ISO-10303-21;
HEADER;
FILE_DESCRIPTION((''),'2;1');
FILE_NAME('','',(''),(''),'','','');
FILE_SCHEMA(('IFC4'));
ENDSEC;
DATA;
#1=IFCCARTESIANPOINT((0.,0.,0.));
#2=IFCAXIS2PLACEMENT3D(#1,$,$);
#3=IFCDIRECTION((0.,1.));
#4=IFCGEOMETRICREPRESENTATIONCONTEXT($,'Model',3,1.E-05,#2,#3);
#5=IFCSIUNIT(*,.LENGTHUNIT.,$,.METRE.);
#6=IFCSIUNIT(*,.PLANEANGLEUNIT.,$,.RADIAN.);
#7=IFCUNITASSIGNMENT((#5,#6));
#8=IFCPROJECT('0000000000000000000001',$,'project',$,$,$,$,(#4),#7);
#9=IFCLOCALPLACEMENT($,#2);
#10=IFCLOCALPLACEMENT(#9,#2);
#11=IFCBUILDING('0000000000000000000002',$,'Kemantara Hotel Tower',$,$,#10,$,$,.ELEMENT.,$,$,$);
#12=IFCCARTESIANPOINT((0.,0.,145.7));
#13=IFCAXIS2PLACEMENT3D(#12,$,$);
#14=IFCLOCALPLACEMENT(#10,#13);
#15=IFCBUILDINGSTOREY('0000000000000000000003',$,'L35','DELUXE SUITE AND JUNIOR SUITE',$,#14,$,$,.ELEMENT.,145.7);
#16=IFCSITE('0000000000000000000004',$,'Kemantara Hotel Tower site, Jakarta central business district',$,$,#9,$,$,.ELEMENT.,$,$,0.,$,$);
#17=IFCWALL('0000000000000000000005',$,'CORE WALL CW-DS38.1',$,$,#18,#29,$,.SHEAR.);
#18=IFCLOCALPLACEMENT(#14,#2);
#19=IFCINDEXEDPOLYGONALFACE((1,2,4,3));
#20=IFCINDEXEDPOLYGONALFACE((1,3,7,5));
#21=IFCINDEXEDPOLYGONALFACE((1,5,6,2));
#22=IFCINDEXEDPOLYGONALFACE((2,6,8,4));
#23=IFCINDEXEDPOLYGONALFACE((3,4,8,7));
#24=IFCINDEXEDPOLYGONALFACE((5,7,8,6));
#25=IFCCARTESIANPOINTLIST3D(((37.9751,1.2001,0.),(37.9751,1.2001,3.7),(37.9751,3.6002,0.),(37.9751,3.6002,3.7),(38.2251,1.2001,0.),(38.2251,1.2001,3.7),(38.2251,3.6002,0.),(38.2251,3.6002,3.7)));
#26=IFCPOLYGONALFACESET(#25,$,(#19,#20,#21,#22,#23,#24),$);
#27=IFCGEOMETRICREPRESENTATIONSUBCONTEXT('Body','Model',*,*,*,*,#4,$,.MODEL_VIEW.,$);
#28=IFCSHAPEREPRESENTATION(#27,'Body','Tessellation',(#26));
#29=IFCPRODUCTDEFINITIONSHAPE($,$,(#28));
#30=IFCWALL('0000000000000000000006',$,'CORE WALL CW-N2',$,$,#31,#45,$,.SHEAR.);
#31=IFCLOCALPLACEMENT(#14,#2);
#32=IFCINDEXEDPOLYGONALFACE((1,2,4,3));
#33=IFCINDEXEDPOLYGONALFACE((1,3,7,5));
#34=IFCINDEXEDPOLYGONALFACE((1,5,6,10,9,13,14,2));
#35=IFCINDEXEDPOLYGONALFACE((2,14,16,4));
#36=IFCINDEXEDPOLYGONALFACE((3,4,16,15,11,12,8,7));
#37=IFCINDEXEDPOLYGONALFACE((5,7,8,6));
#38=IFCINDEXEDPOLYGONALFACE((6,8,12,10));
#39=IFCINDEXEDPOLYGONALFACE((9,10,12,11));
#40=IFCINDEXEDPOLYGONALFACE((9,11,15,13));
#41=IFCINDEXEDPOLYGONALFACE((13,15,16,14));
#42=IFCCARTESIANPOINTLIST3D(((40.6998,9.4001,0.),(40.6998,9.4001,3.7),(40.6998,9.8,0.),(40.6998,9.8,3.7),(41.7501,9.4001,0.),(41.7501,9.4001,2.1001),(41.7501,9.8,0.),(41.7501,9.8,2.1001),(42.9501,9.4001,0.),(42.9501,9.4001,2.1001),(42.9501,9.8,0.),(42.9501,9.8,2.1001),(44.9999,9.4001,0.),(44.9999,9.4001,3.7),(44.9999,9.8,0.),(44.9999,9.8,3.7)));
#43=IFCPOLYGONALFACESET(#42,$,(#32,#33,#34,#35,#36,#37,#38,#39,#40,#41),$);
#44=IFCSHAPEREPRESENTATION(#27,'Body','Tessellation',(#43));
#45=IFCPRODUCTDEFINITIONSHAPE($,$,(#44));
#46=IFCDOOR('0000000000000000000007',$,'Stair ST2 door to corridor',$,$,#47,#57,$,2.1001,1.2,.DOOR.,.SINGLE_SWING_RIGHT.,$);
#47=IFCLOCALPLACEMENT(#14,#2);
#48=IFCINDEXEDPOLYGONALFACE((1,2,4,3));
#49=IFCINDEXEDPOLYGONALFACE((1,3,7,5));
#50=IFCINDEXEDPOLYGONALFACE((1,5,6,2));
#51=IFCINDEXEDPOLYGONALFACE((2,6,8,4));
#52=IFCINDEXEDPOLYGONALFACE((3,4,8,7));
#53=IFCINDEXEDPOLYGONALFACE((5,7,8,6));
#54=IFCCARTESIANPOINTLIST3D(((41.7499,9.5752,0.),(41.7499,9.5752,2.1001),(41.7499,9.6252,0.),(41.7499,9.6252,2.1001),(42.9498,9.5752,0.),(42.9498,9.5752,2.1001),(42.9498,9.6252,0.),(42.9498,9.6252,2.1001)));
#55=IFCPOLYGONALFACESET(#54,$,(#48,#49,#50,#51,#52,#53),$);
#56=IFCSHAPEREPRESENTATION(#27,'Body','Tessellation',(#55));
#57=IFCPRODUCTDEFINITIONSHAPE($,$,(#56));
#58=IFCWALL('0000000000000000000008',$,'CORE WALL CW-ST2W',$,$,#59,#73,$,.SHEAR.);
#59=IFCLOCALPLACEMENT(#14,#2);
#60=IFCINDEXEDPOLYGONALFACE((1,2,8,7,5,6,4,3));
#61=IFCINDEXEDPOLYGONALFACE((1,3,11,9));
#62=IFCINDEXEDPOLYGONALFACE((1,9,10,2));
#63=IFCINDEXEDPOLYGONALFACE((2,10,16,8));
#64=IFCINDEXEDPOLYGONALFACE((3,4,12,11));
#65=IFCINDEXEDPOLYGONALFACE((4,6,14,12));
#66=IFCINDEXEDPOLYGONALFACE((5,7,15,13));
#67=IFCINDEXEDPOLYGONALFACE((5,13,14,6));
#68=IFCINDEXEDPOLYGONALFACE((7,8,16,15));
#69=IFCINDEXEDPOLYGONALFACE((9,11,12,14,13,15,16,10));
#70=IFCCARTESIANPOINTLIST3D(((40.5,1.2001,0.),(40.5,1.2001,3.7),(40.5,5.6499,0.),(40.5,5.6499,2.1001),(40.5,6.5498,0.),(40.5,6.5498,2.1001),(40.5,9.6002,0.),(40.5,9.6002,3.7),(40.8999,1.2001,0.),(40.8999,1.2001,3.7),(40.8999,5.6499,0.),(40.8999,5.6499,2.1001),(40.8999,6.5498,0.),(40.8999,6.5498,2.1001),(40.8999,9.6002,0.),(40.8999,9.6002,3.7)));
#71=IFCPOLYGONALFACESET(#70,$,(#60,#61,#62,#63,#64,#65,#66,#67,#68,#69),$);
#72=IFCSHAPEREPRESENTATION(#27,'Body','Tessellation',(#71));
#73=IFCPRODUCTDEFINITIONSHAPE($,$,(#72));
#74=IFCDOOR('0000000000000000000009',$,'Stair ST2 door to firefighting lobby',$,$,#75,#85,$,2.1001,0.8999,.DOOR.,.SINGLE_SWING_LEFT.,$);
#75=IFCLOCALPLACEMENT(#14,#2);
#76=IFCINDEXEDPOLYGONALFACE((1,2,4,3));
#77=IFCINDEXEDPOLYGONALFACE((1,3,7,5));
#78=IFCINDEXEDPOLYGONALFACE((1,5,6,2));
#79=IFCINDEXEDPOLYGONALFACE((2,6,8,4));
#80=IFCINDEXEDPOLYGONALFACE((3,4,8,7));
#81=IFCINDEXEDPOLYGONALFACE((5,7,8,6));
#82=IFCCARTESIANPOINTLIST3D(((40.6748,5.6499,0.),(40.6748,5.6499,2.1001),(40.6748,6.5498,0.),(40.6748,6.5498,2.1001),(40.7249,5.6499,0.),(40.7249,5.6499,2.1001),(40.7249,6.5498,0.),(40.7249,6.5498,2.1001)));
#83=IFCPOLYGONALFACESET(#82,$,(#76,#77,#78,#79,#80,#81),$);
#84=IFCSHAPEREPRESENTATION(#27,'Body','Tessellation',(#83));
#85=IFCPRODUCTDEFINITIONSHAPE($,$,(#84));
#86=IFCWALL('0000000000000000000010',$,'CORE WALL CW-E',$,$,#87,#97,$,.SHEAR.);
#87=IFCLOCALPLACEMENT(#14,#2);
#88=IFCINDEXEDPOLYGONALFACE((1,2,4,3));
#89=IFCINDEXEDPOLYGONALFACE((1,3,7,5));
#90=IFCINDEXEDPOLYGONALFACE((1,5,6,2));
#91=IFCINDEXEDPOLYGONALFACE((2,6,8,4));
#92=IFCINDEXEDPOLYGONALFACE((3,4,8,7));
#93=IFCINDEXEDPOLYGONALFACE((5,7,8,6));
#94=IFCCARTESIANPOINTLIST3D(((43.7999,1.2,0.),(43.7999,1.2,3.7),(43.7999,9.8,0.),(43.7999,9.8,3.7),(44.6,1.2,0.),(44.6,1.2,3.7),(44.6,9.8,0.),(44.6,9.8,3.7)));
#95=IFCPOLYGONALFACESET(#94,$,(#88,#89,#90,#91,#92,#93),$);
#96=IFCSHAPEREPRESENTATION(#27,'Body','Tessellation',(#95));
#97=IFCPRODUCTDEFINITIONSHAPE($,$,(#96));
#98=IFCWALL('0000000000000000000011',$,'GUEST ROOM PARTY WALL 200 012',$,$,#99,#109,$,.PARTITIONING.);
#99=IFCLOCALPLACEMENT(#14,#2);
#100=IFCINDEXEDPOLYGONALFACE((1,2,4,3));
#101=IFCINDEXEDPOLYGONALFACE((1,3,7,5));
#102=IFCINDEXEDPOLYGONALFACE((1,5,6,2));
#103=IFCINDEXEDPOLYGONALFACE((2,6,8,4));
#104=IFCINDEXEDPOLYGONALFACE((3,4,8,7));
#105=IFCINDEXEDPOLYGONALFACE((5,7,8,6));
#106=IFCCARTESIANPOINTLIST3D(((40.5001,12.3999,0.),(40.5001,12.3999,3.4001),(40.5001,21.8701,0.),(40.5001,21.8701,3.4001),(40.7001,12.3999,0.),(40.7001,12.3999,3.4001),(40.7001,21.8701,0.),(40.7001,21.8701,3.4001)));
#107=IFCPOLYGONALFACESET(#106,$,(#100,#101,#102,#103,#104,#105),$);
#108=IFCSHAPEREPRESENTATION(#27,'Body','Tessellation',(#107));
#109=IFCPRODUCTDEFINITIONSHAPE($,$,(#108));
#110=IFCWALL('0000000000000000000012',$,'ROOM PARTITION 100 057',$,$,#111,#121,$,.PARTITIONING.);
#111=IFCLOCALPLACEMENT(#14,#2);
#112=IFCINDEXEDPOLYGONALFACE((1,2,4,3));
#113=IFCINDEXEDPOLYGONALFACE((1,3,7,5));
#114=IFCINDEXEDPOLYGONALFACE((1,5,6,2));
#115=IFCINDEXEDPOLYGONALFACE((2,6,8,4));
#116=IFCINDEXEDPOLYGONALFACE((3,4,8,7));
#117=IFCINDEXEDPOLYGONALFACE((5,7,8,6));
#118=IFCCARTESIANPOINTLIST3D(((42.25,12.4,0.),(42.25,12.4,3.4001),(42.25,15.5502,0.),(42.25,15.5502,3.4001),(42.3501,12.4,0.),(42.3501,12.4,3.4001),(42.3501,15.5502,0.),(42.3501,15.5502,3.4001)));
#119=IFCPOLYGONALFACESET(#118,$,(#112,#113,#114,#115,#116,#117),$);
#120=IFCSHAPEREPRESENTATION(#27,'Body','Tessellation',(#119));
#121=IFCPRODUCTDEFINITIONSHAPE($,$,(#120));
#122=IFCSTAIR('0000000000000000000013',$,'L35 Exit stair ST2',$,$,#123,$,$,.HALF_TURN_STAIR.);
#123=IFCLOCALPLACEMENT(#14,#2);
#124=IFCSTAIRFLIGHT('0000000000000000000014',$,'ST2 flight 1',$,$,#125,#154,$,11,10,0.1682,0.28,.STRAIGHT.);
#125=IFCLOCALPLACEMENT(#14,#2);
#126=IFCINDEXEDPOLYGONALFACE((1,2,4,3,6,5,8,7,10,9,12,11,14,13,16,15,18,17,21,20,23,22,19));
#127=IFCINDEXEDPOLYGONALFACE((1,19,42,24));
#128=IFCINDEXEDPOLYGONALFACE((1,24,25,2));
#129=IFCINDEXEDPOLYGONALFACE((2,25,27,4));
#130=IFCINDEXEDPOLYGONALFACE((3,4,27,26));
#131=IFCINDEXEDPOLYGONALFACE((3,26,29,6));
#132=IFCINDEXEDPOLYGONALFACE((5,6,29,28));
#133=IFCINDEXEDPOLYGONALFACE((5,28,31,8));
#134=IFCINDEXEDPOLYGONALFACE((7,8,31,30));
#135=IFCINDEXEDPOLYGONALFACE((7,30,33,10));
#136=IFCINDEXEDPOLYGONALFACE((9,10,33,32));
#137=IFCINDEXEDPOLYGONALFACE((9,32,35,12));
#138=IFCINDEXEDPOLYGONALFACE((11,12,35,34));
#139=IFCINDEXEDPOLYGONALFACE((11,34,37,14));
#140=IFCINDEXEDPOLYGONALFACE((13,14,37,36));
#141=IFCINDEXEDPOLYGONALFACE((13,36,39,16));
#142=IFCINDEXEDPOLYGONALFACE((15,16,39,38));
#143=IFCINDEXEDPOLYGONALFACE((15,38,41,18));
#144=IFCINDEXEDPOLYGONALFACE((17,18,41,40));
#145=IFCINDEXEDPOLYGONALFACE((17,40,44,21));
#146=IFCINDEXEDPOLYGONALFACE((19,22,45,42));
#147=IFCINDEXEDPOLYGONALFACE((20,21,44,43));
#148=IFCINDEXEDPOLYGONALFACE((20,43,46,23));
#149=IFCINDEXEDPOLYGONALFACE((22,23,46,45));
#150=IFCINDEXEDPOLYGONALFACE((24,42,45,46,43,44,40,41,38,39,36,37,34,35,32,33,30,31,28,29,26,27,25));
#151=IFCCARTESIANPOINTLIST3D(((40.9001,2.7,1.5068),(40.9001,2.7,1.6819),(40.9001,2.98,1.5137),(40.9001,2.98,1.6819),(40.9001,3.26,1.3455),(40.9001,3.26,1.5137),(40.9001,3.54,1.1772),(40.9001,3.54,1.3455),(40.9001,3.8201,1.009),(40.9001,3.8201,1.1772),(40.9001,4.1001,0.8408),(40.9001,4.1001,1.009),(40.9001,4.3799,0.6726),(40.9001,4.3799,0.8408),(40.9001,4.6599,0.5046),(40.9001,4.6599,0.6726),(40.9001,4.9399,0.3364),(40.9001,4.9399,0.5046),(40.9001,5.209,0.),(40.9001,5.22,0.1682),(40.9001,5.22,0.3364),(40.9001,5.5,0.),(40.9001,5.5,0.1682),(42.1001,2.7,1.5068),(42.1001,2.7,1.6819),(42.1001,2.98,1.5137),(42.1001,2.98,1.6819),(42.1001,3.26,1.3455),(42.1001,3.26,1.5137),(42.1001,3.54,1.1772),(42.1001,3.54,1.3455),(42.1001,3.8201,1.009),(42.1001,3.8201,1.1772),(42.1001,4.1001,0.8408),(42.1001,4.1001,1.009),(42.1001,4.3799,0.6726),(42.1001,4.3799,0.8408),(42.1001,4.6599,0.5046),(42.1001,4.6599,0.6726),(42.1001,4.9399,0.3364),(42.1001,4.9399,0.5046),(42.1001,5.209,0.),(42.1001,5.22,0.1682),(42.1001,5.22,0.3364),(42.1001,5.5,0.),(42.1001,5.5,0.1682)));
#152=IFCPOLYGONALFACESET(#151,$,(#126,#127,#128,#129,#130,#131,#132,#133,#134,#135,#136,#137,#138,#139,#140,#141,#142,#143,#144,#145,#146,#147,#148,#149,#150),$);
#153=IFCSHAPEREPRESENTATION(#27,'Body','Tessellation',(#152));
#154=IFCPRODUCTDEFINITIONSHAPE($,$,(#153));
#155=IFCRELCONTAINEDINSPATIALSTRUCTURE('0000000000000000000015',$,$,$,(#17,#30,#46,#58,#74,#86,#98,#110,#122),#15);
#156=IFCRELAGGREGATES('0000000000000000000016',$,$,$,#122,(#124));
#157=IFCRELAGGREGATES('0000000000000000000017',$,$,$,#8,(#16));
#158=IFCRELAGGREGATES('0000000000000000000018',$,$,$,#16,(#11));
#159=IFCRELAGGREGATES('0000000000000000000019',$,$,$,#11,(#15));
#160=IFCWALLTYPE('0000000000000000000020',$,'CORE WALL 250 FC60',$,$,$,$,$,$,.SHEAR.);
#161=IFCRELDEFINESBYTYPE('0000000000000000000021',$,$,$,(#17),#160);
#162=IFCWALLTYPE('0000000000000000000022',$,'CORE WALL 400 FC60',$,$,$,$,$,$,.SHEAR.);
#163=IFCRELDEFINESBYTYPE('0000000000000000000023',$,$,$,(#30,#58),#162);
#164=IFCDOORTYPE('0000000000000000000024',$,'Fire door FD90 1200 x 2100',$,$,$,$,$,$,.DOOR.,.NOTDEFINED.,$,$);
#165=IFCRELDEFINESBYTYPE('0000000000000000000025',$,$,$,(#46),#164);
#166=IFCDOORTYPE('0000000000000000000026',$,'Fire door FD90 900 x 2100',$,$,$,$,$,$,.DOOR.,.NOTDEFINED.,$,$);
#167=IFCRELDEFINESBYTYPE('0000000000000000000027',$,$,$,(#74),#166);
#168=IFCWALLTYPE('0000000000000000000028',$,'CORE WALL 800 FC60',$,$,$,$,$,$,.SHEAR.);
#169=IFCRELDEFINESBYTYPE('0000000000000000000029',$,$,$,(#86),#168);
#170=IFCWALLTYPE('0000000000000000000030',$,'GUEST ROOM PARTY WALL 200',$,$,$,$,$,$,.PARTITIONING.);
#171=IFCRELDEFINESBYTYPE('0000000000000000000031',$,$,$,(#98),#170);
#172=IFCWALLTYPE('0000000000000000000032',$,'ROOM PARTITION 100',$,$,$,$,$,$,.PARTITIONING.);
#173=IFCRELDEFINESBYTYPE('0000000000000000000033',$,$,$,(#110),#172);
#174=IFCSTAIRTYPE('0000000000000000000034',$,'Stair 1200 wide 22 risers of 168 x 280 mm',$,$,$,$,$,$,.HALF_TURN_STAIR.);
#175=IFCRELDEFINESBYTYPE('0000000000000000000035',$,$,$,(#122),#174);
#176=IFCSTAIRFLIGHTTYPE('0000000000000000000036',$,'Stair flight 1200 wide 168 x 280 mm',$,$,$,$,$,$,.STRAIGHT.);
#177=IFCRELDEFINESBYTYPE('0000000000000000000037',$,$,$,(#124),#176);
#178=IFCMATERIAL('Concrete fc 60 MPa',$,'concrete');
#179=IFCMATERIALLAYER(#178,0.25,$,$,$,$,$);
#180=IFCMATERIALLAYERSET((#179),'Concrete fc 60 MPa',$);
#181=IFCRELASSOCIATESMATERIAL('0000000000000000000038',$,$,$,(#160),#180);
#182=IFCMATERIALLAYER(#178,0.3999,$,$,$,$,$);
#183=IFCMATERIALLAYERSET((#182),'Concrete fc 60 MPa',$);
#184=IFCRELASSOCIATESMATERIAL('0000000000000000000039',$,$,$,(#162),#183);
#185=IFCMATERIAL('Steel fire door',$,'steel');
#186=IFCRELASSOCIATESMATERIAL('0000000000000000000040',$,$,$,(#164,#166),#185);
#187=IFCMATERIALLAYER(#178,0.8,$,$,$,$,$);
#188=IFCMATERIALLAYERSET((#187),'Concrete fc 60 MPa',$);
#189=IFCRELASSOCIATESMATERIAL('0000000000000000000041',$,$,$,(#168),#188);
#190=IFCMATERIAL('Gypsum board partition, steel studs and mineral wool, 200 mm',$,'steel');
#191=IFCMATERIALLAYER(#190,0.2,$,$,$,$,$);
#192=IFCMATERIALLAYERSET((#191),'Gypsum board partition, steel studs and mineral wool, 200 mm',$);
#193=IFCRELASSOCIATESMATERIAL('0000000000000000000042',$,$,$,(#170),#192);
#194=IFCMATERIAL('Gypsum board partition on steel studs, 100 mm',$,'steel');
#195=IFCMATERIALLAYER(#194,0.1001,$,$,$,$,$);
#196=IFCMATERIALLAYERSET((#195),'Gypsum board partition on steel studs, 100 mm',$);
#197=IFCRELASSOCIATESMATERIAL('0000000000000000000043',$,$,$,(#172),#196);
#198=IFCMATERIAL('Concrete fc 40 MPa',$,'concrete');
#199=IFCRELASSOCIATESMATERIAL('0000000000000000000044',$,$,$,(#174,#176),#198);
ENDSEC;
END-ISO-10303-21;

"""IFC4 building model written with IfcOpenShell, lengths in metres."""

from ifc_helpers import new_model, si_unit, direction, frame, frame_2d, origin, place, context, subcontext, project, spatial, polyline, rectangle, outline, extrude, material, layer, layer_set, type_object, element, fill, aggregate, save


model = new_model("IFC4")

# Units and contexts
model_context = context("Model", 3, precision=1e-05, world=origin(), true_north=direction((0.0, 1.0)))
body_context = subcontext(model_context, "Body", "Model", "MODEL_VIEW")
ifc_project = project(units=[si_unit("LENGTHUNIT", "METRE"), si_unit("PLANEANGLEUNIT", "RADIAN")], contexts=[model_context])

# Site, building, storey
site_placement = place(None, origin())
site = spatial("IfcSite", under=ifc_project, at=site_placement, Name="Kemantara Hotel Tower site, Jakarta central business district", CompositionType="ELEMENT", RefElevation=0.0)
building_placement = place(site_placement, origin())
building = spatial("IfcBuilding", under=site, at=building_placement, Name="Kemantara Hotel Tower", CompositionType="ELEMENT")
storey_placement = place(building_placement, frame((0.0, 0.0, 145.7)))
storey = spatial("IfcBuildingStorey", under=building, at=storey_placement, Name="L35", Description="DELUXE SUITE AND JUNIOR SUITE", CompositionType="ELEMENT", Elevation=145.7)

# Wall
ifc_material_1 = material(Name="Concrete fc 60 MPa", Category="concrete")
ifc_layer_1 = layer(ifc_material_1, 0.25)
ifc_layer_set_1 = layer_set([ifc_layer_1], Name="Concrete fc 60 MPa")
wall_type_1 = type_object("IfcWallType", Name="CORE WALL 250 FC60", PredefinedType="SHEAR", material=ifc_layer_set_1)
wall_1_placement = place(storey_placement, frame((38.1001, 1.2, 0.0), z_axis=(0.0, 0.0, 1.0), x_axis=(0.0, 1.0, 0.0)))
element("IfcWall", 1, at=wall_1_placement, inside=storey, type_object=wall_type_1, Name="CORE WALL CW-DS38.1", PredefinedType="SHEAR", context=body_context, shape_type="SweptSolid", body=[
    extrude(rectangle(XDim=2.4001, YDim=0.25, at=frame_2d((1.2002, 0.0))), origin(), (0.0, 0.0, 1.0), 3.7),
])

# Walls, openings, doors
ifc_layer_2 = layer(ifc_material_1, 0.3999)
ifc_layer_set_2 = layer_set([ifc_layer_2], Name="Concrete fc 60 MPa")
wall_type_2 = type_object("IfcWallType", Name="CORE WALL 400 FC60", PredefinedType="SHEAR", material=ifc_layer_set_2)
wall_2_placement = place(storey_placement, frame((40.7, 9.6001, 0.0), z_axis=(0.0, 0.0, 1.0), x_axis=(1.0, 0.0, 0.0)))
wall_2 = element("IfcWall", 2, at=wall_2_placement, inside=storey, type_object=wall_type_2, Name="CORE WALL CW-N2", PredefinedType="SHEAR", context=body_context, shape_type="SweptSolid", body=[
    extrude(rectangle(XDim=4.3, YDim=0.3999, at=frame_2d((2.1499, 0.0))), origin(), (0.0, 0.0, 1.0), 3.7),
])
opening_1_placement = place(wall_2_placement, frame((1.05, 0.0, 0.0)))
opening_1 = element("IfcOpeningElement", 3, at=opening_1_placement, cuts=wall_2, PredefinedType="OPENING", context=body_context, shape_type="SweptSolid", body=[
    extrude(rectangle(XDim=1.2, YDim=2.1001, at=frame_2d((0.6001, 1.05))), frame((0.0, 0.21, 0.0), z_axis=(0.0, -1.0, 0.0), x_axis=(1.0, 0.0, 0.0)), (0.0, 0.0, 1.0), 0.4199),
])
ifc_material_2 = material(Name="Steel fire door", Category="steel")
door_type_1 = type_object("IfcDoorType", Name="Fire door FD90 1200 x 2100", OperationType="NOTDEFINED", PredefinedType="DOOR", material=ifc_material_2)
door_1_placement = place(opening_1_placement, frame((1.2, 0.0, 0.0), z_axis=(0.0, 0.0, 1.0), x_axis=(-1.0, 0.0, 0.0)))
door_1 = element("IfcDoor", 4, at=door_1_placement, inside=storey, type_object=door_type_1, Name="Stair ST2 door to corridor", OperationType="SINGLE_SWING_RIGHT", OverallHeight=2.1001, OverallWidth=1.2, PredefinedType="DOOR", context=body_context, shape_type="SweptSolid", body=[
    extrude(rectangle(XDim=1.2, YDim=2.1001, at=frame_2d((0.6001, 1.05))), frame((0.0, 0.0249, 0.0), z_axis=(0.0, -1.0, 0.0), x_axis=(1.0, 0.0, 0.0)), (0.0, 0.0, 1.0), 0.05),
])
fill(opening_1, door_1)
wall_3_placement = place(storey_placement, frame((40.7, 1.2, 0.0), z_axis=(0.0, 0.0, 1.0), x_axis=(0.0, 1.0, 0.0)))
wall_3 = element("IfcWall", 5, at=wall_3_placement, inside=storey, type_object=wall_type_2, Name="CORE WALL CW-ST2W", PredefinedType="SHEAR", context=body_context, shape_type="SweptSolid", body=[
    extrude(rectangle(XDim=8.4001, YDim=0.3999, at=frame_2d((4.2002, 0.0))), origin(), (0.0, 0.0, 1.0), 3.7),
])
opening_2_placement = place(wall_3_placement, frame((4.45, 0.0, 0.0)))
opening_2 = element("IfcOpeningElement", 6, at=opening_2_placement, cuts=wall_3, PredefinedType="OPENING", context=body_context, shape_type="SweptSolid", body=[
    extrude(rectangle(XDim=0.8999, YDim=2.1001, at=frame_2d((0.45, 1.05))), frame((0.0, 0.21, 0.0), z_axis=(0.0, -1.0, 0.0), x_axis=(1.0, 0.0, 0.0)), (0.0, 0.0, 1.0), 0.4199),
])
door_type_2 = type_object("IfcDoorType", Name="Fire door FD90 900 x 2100", OperationType="NOTDEFINED", PredefinedType="DOOR", material=ifc_material_2)
door_2_placement = place(opening_2_placement, frame((0.8999, 0.0, 0.0), z_axis=(0.0, 0.0, 1.0), x_axis=(-1.0, 0.0, 0.0)))
door_2 = element("IfcDoor", 7, at=door_2_placement, inside=storey, type_object=door_type_2, Name="Stair ST2 door to firefighting lobby", OperationType="SINGLE_SWING_LEFT", OverallHeight=2.1001, OverallWidth=0.8999, PredefinedType="DOOR", context=body_context, shape_type="SweptSolid", body=[
    extrude(rectangle(XDim=0.8999, YDim=2.1001, at=frame_2d((0.45, 1.05))), frame((0.0, 0.0249, 0.0), z_axis=(0.0, -1.0, 0.0), x_axis=(1.0, 0.0, 0.0)), (0.0, 0.0, 1.0), 0.05),
])
fill(opening_2, door_2)

# Walls
ifc_layer_3 = layer(ifc_material_1, 0.8)
ifc_layer_set_3 = layer_set([ifc_layer_3], Name="Concrete fc 60 MPa")
wall_type_3 = type_object("IfcWallType", Name="CORE WALL 800 FC60", PredefinedType="SHEAR", material=ifc_layer_set_3)
wall_4_placement = place(storey_placement, frame((44.2, 1.2, 0.0), z_axis=(0.0, 0.0, 1.0), x_axis=(0.0, 1.0, 0.0)))
element("IfcWall", 8, at=wall_4_placement, inside=storey, type_object=wall_type_3, Name="CORE WALL CW-E", PredefinedType="SHEAR", context=body_context, shape_type="SweptSolid", body=[
    extrude(rectangle(XDim=8.6001, YDim=0.8, at=frame_2d((4.3, 0.0))), origin(), (0.0, 0.0, 1.0), 3.7),
])
ifc_material_3 = material(Name="Gypsum board partition, steel studs and mineral wool, 200 mm", Category="steel")
ifc_layer_4 = layer(ifc_material_3, 0.2)
ifc_layer_set_4 = layer_set([ifc_layer_4], Name="Gypsum board partition, steel studs and mineral wool, 200 mm")
wall_type_4 = type_object("IfcWallType", Name="GUEST ROOM PARTY WALL 200", PredefinedType="PARTITIONING", material=ifc_layer_set_4)
wall_5_placement = place(storey_placement, frame((40.6001, 12.3999, 0.0), z_axis=(0.0, 0.0, 1.0), x_axis=(0.0, 1.0, 0.0)))
element("IfcWall", 9, at=wall_5_placement, inside=storey, type_object=wall_type_4, Name="GUEST ROOM PARTY WALL 200 012", PredefinedType="PARTITIONING", context=body_context, shape_type="SweptSolid", body=[
    extrude(rectangle(XDim=9.4702, YDim=0.2, at=frame_2d((4.7351, 0.0))), origin(), (0.0, 0.0, 1.0), 3.4001),
])
ifc_material_4 = material(Name="Gypsum board partition on steel studs, 100 mm", Category="steel")
ifc_layer_5 = layer(ifc_material_4, 0.1001)
ifc_layer_set_5 = layer_set([ifc_layer_5], Name="Gypsum board partition on steel studs, 100 mm")
wall_type_5 = type_object("IfcWallType", Name="ROOM PARTITION 100", PredefinedType="PARTITIONING", material=ifc_layer_set_5)
wall_6_placement = place(storey_placement, frame((42.3, 12.3999, 0.0), z_axis=(0.0, 0.0, 1.0), x_axis=(0.0, 1.0, 0.0)))
element("IfcWall", 10, at=wall_6_placement, inside=storey, type_object=wall_type_5, Name="ROOM PARTITION 100 057", PredefinedType="PARTITIONING", context=body_context, shape_type="SweptSolid", body=[
    extrude(rectangle(XDim=3.1501, YDim=0.1001, at=frame_2d((1.5752, 0.0))), origin(), (0.0, 0.0, 1.0), 3.4001),
])

# Stair, stair flight
ifc_material_5 = material(Name="Concrete fc 40 MPa", Category="concrete")
stair_type = type_object("IfcStairType", Name="Stair 1200 wide 22 risers of 168 x 280 mm", PredefinedType="HALF_TURN_STAIR", material=ifc_material_5)
stair_placement = place(storey_placement, origin())
stair = element("IfcStair", 11, at=stair_placement, inside=storey, type_object=stair_type, Name="L35 Exit stair ST2", PredefinedType="HALF_TURN_STAIR")
stair_flight_type = type_object("IfcStairFlightType", Name="Stair flight 1200 wide 168 x 280 mm", PredefinedType="STRAIGHT", material=ifc_material_5)
stair_flight_1_placement = place(storey_placement, frame((41.5, 5.5, 0.0), z_axis=(0.0, 0.0, 1.0), x_axis=(0.0, -1.0, 0.0)))
stair_flight_1 = element("IfcStairFlight", 12, at=stair_flight_1_placement, type_object=stair_flight_type, Name="ST2 flight 1", NumberOfRisers=11, NumberOfTreads=10, PredefinedType="STRAIGHT", RiserHeight=0.1682, TreadLength=0.28, context=body_context, shape_type="SweptSolid", body=[
    extrude(outline(polyline([(0.0, 0.0), (0.0, 0.1682), (0.28, 0.1682), (0.28, 0.3364), (0.5601, 0.3364), (0.5601, 0.5046), (0.8401, 0.5046), (0.8401, 0.6726), (1.1201, 0.6726), (1.1201, 0.8408), (1.3999, 0.8408), (1.3999, 1.009), (1.6799, 1.009), (1.6799, 1.1772), (1.96, 1.1772), (1.96, 1.3455), (2.24, 1.3455), (2.24, 1.5137), (2.52, 1.5137), (2.52, 1.6819), (2.8, 1.6819), (2.8, 1.8501), (2.8, 1.5068), (0.291, 0.0), (0.0, 0.0)])), frame((0.0, 0.6001, 0.0), z_axis=(0.0, -1.0, 0.0), x_axis=(1.0, 0.0, 0.0)), (0.0, 0.0, 1.0), 1.2),
])
aggregate(stair, [stair_flight_1])

save(model, "model.ifc")
